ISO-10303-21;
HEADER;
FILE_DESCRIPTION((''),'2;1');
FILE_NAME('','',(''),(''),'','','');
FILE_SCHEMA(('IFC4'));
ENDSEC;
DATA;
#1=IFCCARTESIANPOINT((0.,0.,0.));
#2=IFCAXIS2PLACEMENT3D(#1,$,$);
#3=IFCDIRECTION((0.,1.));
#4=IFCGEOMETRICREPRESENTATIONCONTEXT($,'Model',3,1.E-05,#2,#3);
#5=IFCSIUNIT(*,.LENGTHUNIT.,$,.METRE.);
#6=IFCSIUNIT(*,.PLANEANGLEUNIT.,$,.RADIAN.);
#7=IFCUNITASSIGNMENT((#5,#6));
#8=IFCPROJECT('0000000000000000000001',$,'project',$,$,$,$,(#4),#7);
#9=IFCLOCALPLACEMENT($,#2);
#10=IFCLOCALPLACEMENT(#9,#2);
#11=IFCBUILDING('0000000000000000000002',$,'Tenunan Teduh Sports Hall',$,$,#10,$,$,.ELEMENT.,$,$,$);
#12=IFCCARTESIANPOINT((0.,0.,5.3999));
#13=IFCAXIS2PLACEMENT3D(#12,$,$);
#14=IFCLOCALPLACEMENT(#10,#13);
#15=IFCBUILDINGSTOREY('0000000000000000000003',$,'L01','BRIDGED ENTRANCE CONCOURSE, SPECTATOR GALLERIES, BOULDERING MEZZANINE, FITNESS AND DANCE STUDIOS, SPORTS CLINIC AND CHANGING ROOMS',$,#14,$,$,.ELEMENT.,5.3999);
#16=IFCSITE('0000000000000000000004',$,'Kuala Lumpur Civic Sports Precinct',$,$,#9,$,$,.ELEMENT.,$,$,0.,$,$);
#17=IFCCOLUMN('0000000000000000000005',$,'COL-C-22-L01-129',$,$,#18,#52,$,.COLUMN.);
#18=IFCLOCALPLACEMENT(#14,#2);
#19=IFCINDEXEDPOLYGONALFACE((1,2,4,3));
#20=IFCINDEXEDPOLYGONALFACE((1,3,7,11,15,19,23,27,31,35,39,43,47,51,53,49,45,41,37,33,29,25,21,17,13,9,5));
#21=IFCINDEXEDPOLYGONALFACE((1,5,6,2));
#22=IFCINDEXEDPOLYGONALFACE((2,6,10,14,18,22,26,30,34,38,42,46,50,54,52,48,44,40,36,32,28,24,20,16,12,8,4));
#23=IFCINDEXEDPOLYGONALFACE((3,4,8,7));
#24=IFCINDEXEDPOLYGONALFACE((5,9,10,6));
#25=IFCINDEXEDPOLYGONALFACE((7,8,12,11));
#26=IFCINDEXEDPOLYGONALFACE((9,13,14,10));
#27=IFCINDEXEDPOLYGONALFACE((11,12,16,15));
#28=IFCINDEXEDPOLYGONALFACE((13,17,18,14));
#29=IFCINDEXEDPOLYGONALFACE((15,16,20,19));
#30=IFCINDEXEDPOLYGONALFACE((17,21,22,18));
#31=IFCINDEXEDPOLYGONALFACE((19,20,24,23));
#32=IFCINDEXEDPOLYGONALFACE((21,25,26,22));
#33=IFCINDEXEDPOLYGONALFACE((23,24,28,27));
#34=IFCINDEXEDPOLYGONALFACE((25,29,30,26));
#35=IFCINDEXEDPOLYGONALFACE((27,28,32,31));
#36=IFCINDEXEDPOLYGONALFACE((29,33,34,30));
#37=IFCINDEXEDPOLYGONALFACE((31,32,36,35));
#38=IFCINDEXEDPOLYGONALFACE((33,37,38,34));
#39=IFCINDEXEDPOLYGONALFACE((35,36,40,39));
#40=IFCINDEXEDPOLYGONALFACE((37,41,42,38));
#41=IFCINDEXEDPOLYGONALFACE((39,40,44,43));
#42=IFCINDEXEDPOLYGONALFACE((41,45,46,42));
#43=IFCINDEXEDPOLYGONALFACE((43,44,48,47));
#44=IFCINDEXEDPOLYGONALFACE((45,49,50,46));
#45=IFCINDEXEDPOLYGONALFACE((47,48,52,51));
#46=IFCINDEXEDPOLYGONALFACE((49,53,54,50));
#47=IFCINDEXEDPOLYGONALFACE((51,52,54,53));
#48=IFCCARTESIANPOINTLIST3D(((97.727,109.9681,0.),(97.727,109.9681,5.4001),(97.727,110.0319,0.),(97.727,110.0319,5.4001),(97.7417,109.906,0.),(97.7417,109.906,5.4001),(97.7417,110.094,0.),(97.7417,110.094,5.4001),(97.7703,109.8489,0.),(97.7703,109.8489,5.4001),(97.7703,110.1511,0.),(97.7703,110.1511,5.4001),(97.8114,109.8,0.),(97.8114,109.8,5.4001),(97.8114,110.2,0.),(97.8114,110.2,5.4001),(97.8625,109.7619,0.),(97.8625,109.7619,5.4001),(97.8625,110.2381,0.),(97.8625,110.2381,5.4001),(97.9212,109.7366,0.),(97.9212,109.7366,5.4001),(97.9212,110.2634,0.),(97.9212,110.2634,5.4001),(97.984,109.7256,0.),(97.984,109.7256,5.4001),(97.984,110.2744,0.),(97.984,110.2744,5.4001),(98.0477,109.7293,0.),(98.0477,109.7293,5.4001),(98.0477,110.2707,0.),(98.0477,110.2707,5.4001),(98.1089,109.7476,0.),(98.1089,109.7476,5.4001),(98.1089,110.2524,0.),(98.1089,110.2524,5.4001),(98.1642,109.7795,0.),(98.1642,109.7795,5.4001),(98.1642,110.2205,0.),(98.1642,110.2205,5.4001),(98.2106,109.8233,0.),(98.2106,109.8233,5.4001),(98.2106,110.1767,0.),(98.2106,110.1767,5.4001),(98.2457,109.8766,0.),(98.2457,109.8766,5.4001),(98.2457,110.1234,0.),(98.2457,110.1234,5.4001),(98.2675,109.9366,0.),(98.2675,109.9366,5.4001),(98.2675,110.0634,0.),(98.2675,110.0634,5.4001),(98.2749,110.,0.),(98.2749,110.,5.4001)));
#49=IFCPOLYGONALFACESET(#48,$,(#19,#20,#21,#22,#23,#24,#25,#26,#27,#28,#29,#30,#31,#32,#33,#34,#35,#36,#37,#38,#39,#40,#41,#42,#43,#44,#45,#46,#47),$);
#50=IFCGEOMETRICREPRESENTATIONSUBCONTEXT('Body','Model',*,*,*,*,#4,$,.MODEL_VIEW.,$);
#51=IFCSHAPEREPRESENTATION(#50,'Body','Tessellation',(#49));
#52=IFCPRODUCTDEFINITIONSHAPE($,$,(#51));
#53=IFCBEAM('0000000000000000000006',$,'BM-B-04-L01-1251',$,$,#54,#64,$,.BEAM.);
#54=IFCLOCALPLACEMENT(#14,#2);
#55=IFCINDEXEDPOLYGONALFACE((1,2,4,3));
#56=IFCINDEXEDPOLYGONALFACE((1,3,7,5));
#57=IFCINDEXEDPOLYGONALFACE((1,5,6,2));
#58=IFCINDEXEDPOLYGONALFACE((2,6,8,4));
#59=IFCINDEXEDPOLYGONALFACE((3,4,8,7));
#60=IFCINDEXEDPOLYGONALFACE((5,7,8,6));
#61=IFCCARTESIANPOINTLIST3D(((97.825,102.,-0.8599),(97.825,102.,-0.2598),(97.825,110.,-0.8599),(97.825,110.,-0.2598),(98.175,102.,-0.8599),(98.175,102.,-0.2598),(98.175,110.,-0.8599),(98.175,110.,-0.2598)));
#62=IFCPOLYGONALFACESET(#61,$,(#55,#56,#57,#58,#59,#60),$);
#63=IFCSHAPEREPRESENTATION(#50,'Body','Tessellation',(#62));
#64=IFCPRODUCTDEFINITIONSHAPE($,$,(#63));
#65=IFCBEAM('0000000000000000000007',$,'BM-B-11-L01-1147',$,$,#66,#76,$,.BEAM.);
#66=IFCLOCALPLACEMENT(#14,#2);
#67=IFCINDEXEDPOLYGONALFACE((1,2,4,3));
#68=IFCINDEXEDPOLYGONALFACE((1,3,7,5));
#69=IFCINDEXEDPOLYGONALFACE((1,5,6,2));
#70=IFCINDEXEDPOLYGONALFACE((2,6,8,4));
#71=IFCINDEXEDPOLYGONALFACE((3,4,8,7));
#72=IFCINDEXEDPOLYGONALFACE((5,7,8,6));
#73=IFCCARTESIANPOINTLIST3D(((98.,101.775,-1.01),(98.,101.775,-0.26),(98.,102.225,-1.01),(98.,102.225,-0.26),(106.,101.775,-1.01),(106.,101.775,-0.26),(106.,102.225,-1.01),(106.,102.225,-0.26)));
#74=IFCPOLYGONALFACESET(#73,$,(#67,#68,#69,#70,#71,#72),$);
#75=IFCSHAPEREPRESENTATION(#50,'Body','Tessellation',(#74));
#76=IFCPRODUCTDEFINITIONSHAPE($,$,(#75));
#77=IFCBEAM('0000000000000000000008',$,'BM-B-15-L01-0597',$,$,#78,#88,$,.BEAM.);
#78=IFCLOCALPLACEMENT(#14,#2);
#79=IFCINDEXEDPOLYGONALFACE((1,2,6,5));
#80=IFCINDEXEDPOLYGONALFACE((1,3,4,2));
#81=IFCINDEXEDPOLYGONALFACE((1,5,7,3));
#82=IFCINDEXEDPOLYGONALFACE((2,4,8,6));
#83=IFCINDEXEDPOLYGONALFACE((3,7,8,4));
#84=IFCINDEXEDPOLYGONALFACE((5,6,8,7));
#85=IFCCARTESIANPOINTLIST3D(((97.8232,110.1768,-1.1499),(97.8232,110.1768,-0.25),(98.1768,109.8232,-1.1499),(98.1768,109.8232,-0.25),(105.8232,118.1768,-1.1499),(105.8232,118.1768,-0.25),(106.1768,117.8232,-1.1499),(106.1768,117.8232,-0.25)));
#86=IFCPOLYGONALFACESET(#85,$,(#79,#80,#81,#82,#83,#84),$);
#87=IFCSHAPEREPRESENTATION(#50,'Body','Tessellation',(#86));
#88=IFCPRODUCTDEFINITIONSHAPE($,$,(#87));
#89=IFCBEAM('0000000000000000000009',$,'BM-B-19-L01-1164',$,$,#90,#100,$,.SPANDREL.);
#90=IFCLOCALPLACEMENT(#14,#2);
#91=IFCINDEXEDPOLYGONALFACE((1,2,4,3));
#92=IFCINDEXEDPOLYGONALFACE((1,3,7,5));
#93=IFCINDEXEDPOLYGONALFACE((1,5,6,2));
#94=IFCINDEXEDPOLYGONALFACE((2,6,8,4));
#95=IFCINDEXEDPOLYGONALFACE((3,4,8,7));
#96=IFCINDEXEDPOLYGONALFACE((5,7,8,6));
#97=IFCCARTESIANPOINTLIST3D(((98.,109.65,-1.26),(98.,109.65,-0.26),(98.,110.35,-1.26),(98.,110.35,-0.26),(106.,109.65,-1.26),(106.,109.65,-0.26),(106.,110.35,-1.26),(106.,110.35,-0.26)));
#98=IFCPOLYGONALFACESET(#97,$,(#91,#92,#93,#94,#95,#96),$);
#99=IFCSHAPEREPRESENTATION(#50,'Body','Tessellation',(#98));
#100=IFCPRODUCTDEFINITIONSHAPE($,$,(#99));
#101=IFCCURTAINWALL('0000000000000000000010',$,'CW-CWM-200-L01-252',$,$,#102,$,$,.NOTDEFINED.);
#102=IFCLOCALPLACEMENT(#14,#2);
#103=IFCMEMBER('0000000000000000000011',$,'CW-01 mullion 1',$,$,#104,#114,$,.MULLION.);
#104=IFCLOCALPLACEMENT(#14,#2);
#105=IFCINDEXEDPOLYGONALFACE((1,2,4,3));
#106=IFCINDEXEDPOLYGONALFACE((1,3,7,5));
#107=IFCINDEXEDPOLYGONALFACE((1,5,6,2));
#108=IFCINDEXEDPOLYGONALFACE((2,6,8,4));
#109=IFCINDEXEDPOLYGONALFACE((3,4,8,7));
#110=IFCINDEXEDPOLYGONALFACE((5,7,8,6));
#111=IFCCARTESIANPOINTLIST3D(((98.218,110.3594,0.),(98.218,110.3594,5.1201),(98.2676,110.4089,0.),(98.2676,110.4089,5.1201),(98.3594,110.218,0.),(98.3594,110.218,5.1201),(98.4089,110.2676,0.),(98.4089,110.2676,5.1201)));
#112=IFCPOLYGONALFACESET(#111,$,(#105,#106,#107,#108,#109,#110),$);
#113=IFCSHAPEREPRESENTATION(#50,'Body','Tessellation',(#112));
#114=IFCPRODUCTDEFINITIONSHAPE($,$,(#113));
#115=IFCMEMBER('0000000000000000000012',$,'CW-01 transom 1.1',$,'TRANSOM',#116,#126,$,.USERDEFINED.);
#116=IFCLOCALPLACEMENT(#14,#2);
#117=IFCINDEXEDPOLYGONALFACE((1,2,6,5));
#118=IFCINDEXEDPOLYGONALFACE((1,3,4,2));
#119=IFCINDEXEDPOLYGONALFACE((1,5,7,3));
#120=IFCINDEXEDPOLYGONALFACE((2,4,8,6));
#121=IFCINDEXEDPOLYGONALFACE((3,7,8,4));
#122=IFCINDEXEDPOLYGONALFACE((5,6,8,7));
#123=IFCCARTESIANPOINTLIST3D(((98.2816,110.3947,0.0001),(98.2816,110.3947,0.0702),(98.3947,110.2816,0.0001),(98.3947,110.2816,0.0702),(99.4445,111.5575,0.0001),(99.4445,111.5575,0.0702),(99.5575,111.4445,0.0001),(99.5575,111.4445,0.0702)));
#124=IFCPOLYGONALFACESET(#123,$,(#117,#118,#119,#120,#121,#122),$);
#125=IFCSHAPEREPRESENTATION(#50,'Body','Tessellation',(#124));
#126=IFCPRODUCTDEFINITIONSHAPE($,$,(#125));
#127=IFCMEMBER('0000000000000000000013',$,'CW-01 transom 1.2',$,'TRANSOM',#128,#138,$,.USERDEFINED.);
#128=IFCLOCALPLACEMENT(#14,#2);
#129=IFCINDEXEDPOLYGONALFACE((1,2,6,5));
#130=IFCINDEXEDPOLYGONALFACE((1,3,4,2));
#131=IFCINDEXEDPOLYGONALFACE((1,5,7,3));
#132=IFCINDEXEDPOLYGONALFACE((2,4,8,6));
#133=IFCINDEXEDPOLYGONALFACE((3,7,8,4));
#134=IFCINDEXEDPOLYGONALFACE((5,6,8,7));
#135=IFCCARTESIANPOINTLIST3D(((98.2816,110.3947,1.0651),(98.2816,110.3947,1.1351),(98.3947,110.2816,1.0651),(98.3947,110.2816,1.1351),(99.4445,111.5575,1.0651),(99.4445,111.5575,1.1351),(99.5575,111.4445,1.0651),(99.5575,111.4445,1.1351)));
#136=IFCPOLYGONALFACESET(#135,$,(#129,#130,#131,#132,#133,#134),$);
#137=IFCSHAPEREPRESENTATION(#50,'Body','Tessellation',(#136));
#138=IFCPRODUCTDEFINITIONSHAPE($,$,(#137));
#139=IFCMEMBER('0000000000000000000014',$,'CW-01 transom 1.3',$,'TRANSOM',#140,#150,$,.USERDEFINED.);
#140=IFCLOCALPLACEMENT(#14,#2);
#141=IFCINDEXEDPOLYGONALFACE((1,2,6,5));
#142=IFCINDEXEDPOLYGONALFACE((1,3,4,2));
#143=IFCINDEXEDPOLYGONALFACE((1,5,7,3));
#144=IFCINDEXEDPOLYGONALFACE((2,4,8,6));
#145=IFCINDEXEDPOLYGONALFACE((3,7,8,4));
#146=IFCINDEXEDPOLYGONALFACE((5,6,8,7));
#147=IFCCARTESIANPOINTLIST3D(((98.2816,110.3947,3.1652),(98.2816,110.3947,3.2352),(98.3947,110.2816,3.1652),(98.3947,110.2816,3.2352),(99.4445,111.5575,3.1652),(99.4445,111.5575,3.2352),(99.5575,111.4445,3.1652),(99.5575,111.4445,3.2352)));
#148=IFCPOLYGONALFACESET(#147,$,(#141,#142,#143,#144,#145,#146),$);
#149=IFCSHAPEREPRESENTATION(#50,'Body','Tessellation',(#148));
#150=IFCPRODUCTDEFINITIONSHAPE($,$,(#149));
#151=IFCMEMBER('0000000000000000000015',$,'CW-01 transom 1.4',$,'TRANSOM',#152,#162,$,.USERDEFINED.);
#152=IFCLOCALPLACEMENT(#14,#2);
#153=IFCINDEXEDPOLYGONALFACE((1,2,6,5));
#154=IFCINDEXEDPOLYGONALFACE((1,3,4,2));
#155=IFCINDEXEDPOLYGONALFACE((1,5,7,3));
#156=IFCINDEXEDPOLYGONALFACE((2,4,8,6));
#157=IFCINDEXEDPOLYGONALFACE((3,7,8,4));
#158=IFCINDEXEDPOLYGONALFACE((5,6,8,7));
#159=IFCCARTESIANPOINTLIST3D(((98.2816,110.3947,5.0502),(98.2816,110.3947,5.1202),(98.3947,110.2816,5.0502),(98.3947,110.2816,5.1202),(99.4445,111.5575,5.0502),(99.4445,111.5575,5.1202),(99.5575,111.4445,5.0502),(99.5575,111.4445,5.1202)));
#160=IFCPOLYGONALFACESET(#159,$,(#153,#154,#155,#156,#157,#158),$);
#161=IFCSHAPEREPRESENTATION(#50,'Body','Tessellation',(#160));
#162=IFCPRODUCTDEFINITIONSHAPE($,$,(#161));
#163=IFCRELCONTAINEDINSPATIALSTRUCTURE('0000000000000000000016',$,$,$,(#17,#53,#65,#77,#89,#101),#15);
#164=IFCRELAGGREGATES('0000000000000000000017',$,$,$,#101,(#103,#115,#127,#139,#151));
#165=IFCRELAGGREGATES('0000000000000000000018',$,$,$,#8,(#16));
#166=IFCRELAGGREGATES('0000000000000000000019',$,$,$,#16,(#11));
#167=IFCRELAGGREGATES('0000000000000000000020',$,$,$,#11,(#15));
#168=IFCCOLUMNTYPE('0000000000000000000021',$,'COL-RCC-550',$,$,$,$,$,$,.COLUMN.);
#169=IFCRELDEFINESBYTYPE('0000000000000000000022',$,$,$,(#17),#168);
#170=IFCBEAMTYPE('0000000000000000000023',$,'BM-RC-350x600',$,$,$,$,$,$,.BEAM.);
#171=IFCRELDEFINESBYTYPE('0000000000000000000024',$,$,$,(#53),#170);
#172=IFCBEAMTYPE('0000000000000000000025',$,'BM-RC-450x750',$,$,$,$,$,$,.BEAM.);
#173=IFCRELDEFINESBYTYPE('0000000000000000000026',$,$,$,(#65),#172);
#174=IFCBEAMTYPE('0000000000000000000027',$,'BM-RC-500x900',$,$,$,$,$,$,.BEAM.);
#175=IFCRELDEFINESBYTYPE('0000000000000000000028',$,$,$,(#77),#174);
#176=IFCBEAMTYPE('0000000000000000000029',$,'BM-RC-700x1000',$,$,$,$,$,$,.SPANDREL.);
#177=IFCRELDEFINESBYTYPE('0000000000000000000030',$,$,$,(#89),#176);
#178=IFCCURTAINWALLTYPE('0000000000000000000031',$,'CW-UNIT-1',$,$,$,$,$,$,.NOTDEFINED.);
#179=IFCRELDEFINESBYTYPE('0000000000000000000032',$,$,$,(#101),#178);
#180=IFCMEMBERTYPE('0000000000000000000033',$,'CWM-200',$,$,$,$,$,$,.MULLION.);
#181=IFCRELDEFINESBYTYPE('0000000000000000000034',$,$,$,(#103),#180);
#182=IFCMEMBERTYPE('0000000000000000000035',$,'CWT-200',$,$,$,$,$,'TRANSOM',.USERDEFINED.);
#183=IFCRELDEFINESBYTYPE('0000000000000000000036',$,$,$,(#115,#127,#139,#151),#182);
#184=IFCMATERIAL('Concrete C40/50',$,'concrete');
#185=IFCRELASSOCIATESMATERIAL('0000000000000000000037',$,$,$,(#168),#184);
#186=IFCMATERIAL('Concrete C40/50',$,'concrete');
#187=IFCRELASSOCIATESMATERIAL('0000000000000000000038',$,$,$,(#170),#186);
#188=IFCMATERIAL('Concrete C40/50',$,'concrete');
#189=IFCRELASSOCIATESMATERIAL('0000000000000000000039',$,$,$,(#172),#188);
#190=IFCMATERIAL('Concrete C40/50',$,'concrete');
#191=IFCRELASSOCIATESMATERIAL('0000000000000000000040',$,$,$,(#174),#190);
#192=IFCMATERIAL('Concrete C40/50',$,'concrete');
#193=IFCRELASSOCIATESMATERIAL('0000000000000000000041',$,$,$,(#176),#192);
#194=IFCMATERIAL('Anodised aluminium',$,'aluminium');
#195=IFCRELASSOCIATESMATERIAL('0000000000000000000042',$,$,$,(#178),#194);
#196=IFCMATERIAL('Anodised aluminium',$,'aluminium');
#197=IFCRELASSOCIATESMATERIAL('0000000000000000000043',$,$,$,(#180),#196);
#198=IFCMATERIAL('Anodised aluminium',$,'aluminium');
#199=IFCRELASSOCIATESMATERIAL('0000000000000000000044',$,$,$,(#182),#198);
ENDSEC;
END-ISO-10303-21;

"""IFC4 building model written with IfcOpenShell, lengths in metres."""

from ifc_helpers import new_model, si_unit, direction, frame, origin, origin_2d, place, context, subcontext, project, spatial, rectangle, circle, extrude, material, material_profile, profile_set, type_object, element, aggregate, save


model = new_model("IFC4")

# Units and contexts
model_context = context("Model", 3, precision=1e-05, world=origin(), true_north=direction((0.0, 1.0)))
body_context = subcontext(model_context, "Body", "Model", "MODEL_VIEW")
ifc_project = project(units=[si_unit("LENGTHUNIT", "METRE"), si_unit("PLANEANGLEUNIT", "RADIAN")], contexts=[model_context])

# Site, building, storey
site_placement = place(None, origin())
site = spatial("IfcSite", under=ifc_project, at=site_placement, Name="Kuala Lumpur Civic Sports Precinct", CompositionType="ELEMENT", RefElevation=0.0)
building_placement = place(site_placement, origin())
building = spatial("IfcBuilding", under=site, at=building_placement, Name="Tenunan Teduh Sports Hall", CompositionType="ELEMENT")
storey_placement = place(building_placement, frame((0.0, 0.0, 5.3999)))
storey = spatial("IfcBuildingStorey", under=building, at=storey_placement, Name="L01", Description="BRIDGED ENTRANCE CONCOURSE, SPECTATOR GALLERIES, BOULDERING MEZZANINE, FITNESS AND DANCE STUDIOS, SPORTS CLINIC AND CHANGING ROOMS", CompositionType="ELEMENT", Elevation=5.3999)

# Column
ifc_material_1 = material(Name="Concrete C40/50", Category="concrete")
ifc_material_profile_1 = material_profile(ifc_material_1, circle(Radius=0.2749, at=origin_2d()), Name="RCC D550")
ifc_profile_set_1 = profile_set([ifc_material_profile_1], Name="Concrete C40/50")
column_type = type_object("IfcColumnType", Name="COL-RCC-550", PredefinedType="COLUMN", material=ifc_profile_set_1)
column_placement = place(storey_placement, frame((98.0, 110.0, 0.0), z_axis=(0.0, 0.0, 1.0), x_axis=(1.0, 0.0, 0.0)))
element("IfcColumn", 1, at=column_placement, inside=storey, type_object=column_type, Name="COL-C-22-L01-129", PredefinedType="COLUMN", context=body_context, shape_type="SweptSolid", body=[
    extrude(circle(Radius=0.2749, at=origin_2d()), origin(), (0.0, 0.0, 1.0), 5.4001),
])

# Beams
ifc_material_2 = material(Name="Concrete C40/50", Category="concrete")
ifc_material_profile_2 = material_profile(ifc_material_2, rectangle(XDim=0.3501, YDim=0.6001, at=origin_2d()), Name="RCB 350x600")
ifc_profile_set_2 = profile_set([ifc_material_profile_2], Name="Concrete C40/50")
beam_type_1 = type_object("IfcBeamType", Name="BM-RC-350x600", PredefinedType="BEAM", material=ifc_profile_set_2)
beam_1_placement = place(storey_placement, frame((98.0, 102.0, -0.5598), z_axis=(0.0, 1.0, 0.0), x_axis=(-1.0, 0.0, 0.0)))
element("IfcBeam", 2, at=beam_1_placement, inside=storey, type_object=beam_type_1, Name="BM-B-04-L01-1251", PredefinedType="BEAM", context=body_context, shape_type="SweptSolid", body=[
    extrude(rectangle(XDim=0.3501, YDim=0.6001, at=origin_2d()), origin(), (0.0, 0.0, 1.0), 8.0),
])
ifc_material_3 = material(Name="Concrete C40/50", Category="concrete")
ifc_material_profile_3 = material_profile(ifc_material_3, rectangle(XDim=0.45, YDim=0.75, at=origin_2d()), Name="RCB 450x750")
ifc_profile_set_3 = profile_set([ifc_material_profile_3], Name="Concrete C40/50")
beam_type_2 = type_object("IfcBeamType", Name="BM-RC-450x750", PredefinedType="BEAM", material=ifc_profile_set_3)
beam_2_placement = place(storey_placement, frame((98.0, 102.0, -0.635), z_axis=(1.0, 0.0, 0.0), x_axis=(0.0, 1.0, 0.0)))
element("IfcBeam", 3, at=beam_2_placement, inside=storey, type_object=beam_type_2, Name="BM-B-11-L01-1147", PredefinedType="BEAM", context=body_context, shape_type="SweptSolid", body=[
    extrude(rectangle(XDim=0.45, YDim=0.75, at=origin_2d()), origin(), (0.0, 0.0, 1.0), 8.0),
])
ifc_material_4 = material(Name="Concrete C40/50", Category="concrete")
ifc_material_profile_4 = material_profile(ifc_material_4, rectangle(XDim=0.5, YDim=0.8999, at=origin_2d()), Name="RCB 500x900")
ifc_profile_set_4 = profile_set([ifc_material_profile_4], Name="Concrete C40/50")
beam_type_3 = type_object("IfcBeamType", Name="BM-RC-500x900", PredefinedType="BEAM", material=ifc_profile_set_4)
beam_3_placement = place(storey_placement, frame((98.0, 110.0, -0.7), z_axis=(0.707107, 0.707107, 0.0), x_axis=(-0.707107, 0.707107, 0.0)))
element("IfcBeam", 4, at=beam_3_placement, inside=storey, type_object=beam_type_3, Name="BM-B-15-L01-0597", PredefinedType="BEAM", context=body_context, shape_type="SweptSolid", body=[
    extrude(rectangle(XDim=0.5, YDim=0.8999, at=origin_2d()), origin(), (0.0, 0.0, 1.0), 11.3137),
])
ifc_material_5 = material(Name="Concrete C40/50", Category="concrete")
ifc_material_profile_5 = material_profile(ifc_material_5, rectangle(XDim=0.7, YDim=1.0, at=origin_2d()), Name="RCB 700x1000")
ifc_profile_set_5 = profile_set([ifc_material_profile_5], Name="Concrete C40/50")
beam_type_4 = type_object("IfcBeamType", Name="BM-RC-700x1000", PredefinedType="SPANDREL", material=ifc_profile_set_5)
beam_4_placement = place(storey_placement, frame((98.0, 110.0, -0.76), z_axis=(1.0, 0.0, 0.0), x_axis=(0.0, 1.0, 0.0)))
element("IfcBeam", 5, at=beam_4_placement, inside=storey, type_object=beam_type_4, Name="BM-B-19-L01-1164", PredefinedType="SPANDREL", context=body_context, shape_type="SweptSolid", body=[
    extrude(rectangle(XDim=0.7, YDim=1.0, at=origin_2d()), origin(), (0.0, 0.0, 1.0), 8.0),
])

# Curtain wall, members
ifc_material_6 = material(Name="Anodised aluminium", Category="aluminium")
curtain_wall_type = type_object("IfcCurtainWallType", Name="CW-UNIT-1", PredefinedType="NOTDEFINED", material=ifc_material_6)
curtain_wall_placement = place(storey_placement, origin())
curtain_wall = element("IfcCurtainWall", 6, at=curtain_wall_placement, inside=storey, type_object=curtain_wall_type, Name="CW-CWM-200-L01-252", PredefinedType="NOTDEFINED")
ifc_material_7 = material(Name="Anodised aluminium", Category="aluminium")
ifc_material_profile_6 = material_profile(ifc_material_7, rectangle(XDim=0.0701, YDim=0.2, at=origin_2d()), Name="CWM 70x200")
ifc_profile_set_6 = profile_set([ifc_material_profile_6], Name="Anodised aluminium")
member_type_1 = type_object("IfcMemberType", Name="CWM-200", PredefinedType="MULLION", material=ifc_profile_set_6)
member_1_placement = place(storey_placement, frame((98.3135, 110.3135, 0.0), z_axis=(0.0, 0.0, 1.0), x_axis=(0.707107, 0.707107, 0.0)))
member_1 = element("IfcMember", 7, at=member_1_placement, type_object=member_type_1, Name="CW-01 mullion 1", PredefinedType="MULLION", context=body_context, shape_type="SweptSolid", body=[
    extrude(rectangle(XDim=0.0701, YDim=0.2, at=origin_2d()), origin(), (0.0, 0.0, 1.0), 5.1201),
])
ifc_material_8 = material(Name="Anodised aluminium", Category="aluminium")
ifc_material_profile_7 = material_profile(ifc_material_8, rectangle(XDim=0.0701, YDim=0.1599, at=origin_2d()), Name="CWT 70x160")
ifc_profile_set_7 = profile_set([ifc_material_profile_7], Name="Anodised aluminium")
member_type_2 = type_object("IfcMemberType", Name="CWT-200", ElementType="TRANSOM", PredefinedType="USERDEFINED", material=ifc_profile_set_7)
member_2_placement = place(storey_placement, frame((98.3381, 110.3381, 0.0352), z_axis=(0.707107, 0.707107, 0.0), x_axis=(0.0, 0.0, 1.0)))
member_2 = element("IfcMember", 8, at=member_2_placement, type_object=member_type_2, Name="CW-01 transom 1.1", ObjectType="TRANSOM", PredefinedType="USERDEFINED", context=body_context, shape_type="SweptSolid", body=[
    extrude(rectangle(XDim=0.0701, YDim=0.1599, at=origin_2d()), origin(), (0.0, 0.0, 1.0), 1.6445),
])
member_3_placement = place(storey_placement, frame((98.3381, 110.3381, 1.1001), z_axis=(0.707107, 0.707107, 0.0), x_axis=(0.0, 0.0, 1.0)))
member_3 = element("IfcMember", 9, at=member_3_placement, type_object=member_type_2, Name="CW-01 transom 1.2", ObjectType="TRANSOM", PredefinedType="USERDEFINED", context=body_context, shape_type="SweptSolid", body=[
    extrude(rectangle(XDim=0.0701, YDim=0.1599, at=origin_2d()), origin(), (0.0, 0.0, 1.0), 1.6445),
])
member_4_placement = place(storey_placement, frame((98.3381, 110.3381, 3.2002), z_axis=(0.707107, 0.707107, 0.0), x_axis=(0.0, 0.0, 1.0)))
member_4 = element("IfcMember", 10, at=member_4_placement, type_object=member_type_2, Name="CW-01 transom 1.3", ObjectType="TRANSOM", PredefinedType="USERDEFINED", context=body_context, shape_type="SweptSolid", body=[
    extrude(rectangle(XDim=0.0701, YDim=0.1599, at=origin_2d()), origin(), (0.0, 0.0, 1.0), 1.6445),
])
member_5_placement = place(storey_placement, frame((98.3381, 110.3381, 5.0852), z_axis=(0.707107, 0.707107, 0.0), x_axis=(0.0, 0.0, 1.0)))
member_5 = element("IfcMember", 11, at=member_5_placement, type_object=member_type_2, Name="CW-01 transom 1.4", ObjectType="TRANSOM", PredefinedType="USERDEFINED", context=body_context, shape_type="SweptSolid", body=[
    extrude(rectangle(XDim=0.0701, YDim=0.1599, at=origin_2d()), origin(), (0.0, 0.0, 1.0), 1.6445),
])
aggregate(curtain_wall, [member_1, member_2, member_3, member_4, member_5])

save(model, "model.ifc")
